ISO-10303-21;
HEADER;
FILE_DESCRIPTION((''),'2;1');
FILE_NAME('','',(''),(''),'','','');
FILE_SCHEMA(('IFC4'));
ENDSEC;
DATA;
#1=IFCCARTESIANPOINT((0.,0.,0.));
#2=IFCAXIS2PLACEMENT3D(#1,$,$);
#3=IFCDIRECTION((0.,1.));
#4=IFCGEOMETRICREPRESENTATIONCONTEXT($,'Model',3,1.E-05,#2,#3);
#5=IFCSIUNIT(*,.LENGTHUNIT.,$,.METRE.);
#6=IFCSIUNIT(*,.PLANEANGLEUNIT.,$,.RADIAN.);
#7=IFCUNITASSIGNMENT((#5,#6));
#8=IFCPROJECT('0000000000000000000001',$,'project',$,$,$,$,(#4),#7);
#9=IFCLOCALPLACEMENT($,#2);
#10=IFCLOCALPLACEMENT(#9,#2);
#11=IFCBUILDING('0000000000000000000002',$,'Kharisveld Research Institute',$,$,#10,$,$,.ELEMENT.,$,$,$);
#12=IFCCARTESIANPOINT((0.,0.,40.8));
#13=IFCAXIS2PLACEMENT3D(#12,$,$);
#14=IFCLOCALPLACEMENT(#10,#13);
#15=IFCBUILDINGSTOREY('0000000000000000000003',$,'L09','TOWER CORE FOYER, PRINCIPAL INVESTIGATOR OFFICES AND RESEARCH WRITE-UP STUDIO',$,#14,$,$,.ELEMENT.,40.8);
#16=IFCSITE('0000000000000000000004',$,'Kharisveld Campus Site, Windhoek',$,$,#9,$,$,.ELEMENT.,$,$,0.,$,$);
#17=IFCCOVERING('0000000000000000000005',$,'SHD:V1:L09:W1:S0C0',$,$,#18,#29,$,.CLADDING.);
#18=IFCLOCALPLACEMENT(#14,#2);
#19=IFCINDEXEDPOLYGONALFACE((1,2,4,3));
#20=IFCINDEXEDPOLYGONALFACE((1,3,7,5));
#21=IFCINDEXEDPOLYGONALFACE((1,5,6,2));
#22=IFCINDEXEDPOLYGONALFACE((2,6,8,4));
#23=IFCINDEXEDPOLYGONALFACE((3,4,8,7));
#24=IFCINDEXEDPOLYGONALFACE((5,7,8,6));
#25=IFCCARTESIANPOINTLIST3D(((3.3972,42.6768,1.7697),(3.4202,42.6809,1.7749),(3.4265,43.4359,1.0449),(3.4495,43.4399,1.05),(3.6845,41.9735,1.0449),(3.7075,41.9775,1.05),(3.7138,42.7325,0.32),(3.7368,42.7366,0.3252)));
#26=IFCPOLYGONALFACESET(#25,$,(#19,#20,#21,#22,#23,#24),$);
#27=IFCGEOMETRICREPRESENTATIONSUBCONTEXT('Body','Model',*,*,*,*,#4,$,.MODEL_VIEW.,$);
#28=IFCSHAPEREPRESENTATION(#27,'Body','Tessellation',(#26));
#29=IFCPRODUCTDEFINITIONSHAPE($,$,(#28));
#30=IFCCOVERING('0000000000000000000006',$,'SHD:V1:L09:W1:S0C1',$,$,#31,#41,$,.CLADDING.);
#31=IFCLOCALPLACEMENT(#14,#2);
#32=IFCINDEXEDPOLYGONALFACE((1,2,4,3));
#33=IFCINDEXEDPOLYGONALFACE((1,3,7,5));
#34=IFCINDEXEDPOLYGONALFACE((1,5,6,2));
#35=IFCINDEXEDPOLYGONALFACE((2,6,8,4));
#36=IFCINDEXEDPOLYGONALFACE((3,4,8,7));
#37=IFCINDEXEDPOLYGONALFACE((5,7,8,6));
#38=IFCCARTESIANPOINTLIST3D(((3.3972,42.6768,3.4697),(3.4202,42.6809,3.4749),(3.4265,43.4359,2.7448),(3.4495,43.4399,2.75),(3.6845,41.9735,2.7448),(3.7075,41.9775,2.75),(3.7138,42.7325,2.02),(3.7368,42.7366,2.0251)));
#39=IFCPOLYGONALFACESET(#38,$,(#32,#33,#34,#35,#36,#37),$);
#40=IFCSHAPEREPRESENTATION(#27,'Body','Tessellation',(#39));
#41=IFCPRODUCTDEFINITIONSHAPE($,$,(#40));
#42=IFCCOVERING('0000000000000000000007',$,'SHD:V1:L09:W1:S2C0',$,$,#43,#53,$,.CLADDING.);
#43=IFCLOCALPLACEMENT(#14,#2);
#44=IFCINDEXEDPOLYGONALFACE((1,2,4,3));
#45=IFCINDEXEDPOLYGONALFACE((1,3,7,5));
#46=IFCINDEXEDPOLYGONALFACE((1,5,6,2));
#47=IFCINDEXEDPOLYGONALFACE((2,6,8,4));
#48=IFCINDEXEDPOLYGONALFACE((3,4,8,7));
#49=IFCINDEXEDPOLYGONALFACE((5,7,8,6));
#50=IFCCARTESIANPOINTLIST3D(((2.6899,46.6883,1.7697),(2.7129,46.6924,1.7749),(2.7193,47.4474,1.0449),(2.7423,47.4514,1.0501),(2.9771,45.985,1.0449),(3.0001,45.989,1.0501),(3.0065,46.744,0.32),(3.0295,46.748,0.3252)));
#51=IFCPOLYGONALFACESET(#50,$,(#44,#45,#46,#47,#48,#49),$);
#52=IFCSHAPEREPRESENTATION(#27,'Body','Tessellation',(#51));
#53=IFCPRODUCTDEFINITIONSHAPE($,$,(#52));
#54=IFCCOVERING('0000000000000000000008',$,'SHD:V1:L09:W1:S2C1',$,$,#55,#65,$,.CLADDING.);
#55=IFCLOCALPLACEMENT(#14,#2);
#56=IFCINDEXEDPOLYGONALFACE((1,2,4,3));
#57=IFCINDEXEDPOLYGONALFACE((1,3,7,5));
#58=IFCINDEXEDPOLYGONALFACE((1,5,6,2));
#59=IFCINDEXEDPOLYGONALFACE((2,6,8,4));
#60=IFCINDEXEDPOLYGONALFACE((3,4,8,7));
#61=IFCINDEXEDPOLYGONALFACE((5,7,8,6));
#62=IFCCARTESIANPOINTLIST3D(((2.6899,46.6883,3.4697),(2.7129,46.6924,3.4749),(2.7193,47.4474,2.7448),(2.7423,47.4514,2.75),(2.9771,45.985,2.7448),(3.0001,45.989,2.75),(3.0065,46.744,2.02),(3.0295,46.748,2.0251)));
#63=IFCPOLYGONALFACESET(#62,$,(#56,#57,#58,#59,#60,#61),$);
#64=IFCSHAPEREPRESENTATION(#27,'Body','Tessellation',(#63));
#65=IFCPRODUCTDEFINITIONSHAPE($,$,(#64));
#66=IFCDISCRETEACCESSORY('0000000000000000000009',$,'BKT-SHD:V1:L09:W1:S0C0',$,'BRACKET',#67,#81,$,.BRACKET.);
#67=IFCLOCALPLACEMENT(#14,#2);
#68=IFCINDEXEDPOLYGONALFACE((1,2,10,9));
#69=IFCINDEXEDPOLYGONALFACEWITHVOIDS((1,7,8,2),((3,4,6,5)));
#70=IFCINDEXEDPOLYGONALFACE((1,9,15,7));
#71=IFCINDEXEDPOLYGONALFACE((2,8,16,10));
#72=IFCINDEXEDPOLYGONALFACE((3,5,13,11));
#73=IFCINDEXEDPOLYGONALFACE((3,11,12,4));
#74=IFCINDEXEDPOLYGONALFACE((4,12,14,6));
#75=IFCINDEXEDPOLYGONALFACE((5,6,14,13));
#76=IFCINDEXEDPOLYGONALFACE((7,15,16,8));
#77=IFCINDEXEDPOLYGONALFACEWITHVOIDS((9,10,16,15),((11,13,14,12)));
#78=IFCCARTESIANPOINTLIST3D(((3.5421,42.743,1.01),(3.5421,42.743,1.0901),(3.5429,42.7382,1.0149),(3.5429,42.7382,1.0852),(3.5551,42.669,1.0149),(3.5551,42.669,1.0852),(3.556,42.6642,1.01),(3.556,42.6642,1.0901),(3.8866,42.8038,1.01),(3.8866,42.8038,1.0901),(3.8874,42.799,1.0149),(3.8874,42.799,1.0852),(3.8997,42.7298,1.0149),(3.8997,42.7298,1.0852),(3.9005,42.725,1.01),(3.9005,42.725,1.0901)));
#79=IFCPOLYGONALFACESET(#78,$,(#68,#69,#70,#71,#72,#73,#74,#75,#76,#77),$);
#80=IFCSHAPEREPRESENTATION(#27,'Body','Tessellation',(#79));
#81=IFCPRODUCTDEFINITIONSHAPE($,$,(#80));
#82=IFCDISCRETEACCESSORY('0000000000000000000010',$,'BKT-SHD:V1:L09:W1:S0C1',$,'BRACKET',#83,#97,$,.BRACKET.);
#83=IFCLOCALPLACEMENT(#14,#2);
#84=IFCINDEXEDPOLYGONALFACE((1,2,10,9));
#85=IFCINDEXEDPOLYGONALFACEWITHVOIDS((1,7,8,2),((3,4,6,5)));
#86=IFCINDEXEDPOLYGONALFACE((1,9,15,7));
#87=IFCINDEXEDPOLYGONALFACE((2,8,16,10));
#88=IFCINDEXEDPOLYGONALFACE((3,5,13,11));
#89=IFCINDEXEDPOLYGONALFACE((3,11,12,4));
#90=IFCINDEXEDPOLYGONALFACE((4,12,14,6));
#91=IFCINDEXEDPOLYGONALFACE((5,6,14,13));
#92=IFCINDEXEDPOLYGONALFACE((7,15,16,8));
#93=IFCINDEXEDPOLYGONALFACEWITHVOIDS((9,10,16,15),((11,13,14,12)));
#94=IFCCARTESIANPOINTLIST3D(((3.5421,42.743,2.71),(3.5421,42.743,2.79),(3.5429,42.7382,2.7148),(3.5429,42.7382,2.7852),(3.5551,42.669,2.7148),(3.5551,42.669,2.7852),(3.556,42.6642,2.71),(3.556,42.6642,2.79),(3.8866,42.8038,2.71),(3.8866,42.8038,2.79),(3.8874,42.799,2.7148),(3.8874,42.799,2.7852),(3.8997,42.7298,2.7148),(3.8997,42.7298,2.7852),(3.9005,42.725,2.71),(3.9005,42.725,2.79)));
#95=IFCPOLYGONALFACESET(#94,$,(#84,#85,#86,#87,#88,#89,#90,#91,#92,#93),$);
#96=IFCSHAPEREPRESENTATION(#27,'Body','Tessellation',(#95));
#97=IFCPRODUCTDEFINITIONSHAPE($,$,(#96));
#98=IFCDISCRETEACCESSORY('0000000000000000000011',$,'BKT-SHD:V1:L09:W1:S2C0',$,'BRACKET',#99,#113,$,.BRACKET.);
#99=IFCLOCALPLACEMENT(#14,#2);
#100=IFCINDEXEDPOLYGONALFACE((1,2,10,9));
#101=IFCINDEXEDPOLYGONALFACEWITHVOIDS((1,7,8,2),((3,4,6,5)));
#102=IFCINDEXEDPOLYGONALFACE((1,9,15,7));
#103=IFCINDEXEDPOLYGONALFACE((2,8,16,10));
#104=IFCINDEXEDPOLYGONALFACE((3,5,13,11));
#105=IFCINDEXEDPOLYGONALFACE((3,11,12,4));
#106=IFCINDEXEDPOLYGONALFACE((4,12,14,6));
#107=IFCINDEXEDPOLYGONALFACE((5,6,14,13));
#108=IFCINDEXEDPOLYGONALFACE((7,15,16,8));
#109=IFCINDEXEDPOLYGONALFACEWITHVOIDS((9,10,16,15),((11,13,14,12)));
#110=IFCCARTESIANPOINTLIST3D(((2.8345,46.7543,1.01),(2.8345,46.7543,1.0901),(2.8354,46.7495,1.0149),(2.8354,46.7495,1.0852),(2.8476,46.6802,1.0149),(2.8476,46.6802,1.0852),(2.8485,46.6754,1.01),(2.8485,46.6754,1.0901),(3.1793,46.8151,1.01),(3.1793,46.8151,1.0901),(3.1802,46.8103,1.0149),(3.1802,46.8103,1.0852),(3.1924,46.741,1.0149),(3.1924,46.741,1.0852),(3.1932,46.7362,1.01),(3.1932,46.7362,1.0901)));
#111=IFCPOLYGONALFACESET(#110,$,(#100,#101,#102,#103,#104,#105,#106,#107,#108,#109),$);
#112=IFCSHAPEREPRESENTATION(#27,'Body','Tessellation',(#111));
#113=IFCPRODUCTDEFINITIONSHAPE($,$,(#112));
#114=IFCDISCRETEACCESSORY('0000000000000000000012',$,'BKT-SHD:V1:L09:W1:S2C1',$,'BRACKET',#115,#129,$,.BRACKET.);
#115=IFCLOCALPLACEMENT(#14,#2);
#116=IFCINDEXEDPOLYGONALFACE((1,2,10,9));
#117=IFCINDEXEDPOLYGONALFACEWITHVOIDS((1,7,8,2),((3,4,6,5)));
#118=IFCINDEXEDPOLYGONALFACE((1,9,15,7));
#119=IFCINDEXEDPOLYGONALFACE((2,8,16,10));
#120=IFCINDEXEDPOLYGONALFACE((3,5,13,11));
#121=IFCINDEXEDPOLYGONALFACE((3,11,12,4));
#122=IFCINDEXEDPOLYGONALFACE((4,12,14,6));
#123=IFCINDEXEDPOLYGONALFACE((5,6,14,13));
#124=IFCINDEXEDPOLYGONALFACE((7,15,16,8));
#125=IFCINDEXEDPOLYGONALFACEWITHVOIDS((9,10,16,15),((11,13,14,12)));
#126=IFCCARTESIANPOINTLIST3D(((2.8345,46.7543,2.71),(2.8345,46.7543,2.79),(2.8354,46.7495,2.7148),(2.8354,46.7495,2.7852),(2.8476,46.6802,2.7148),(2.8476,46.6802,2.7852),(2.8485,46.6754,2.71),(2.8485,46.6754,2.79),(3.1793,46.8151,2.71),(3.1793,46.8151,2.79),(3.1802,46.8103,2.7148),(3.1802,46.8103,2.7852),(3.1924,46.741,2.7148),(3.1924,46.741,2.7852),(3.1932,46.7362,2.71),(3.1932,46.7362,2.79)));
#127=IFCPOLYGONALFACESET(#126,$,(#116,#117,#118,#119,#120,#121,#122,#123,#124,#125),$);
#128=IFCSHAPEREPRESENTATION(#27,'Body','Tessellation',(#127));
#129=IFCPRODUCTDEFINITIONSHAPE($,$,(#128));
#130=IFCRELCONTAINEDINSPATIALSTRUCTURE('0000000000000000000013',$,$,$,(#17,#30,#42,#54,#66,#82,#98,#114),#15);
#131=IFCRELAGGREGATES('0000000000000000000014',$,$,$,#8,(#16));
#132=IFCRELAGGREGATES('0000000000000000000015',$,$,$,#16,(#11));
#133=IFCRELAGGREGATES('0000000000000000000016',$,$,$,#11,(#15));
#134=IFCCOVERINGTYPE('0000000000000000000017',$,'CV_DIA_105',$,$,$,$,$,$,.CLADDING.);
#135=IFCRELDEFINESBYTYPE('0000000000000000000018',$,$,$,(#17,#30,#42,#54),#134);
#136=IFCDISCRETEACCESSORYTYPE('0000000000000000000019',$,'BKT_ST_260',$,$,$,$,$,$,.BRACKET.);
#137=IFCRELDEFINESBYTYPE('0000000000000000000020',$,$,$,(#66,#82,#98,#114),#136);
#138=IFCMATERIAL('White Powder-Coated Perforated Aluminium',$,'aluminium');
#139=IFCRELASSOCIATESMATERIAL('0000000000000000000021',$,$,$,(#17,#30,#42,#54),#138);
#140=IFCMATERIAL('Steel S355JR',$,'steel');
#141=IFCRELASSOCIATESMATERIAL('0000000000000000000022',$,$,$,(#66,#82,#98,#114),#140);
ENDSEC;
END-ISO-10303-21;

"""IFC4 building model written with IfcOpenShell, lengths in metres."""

from ifc_helpers import new_model, si_unit, direction, frame, origin, origin_2d, place, context, subcontext, project, spatial, polyline, hollow_rectangle, outline, extrude, material, type_object, element, save


model = new_model("IFC4")

# Units and contexts
model_context = context("Model", 3, precision=1e-05, world=origin(), true_north=direction((0.0, 1.0)))
body_context = subcontext(model_context, "Body", "Model", "MODEL_VIEW")
ifc_project = project(units=[si_unit("LENGTHUNIT", "METRE"), si_unit("PLANEANGLEUNIT", "RADIAN")], contexts=[model_context])

# Site, building, storey
site_placement = place(None, origin())
site = spatial("IfcSite", under=ifc_project, at=site_placement, Name="Kharisveld Campus Site, Windhoek", CompositionType="ELEMENT", RefElevation=0.0)
building_placement = place(site_placement, origin())
building = spatial("IfcBuilding", under=site, at=building_placement, Name="Kharisveld Research Institute", CompositionType="ELEMENT")
storey_placement = place(building_placement, frame((0.0, 0.0, 40.8)))
storey = spatial("IfcBuildingStorey", under=building, at=storey_placement, Name="L09", Description="TOWER CORE FOYER, PRINCIPAL INVESTIGATOR OFFICES AND RESEARCH WRITE-UP STUDIO", CompositionType="ELEMENT", Elevation=40.8)

# Coverings
ifc_material_1 = material(Name="White Powder-Coated Perforated Aluminium", Category="aluminium")
covering_type = type_object("IfcCoveringType", Name="CV_DIA_105", PredefinedType="CLADDING")
for number, where, z_axis, x_axis, name in (
    (1, (3.7368, 42.7366, 0.3252), (0.961426, 0.169654, 0.216512), (-0.273644, 0.669811, 0.69027), "SHD:V1:L09:W1:S0C0"),
    (2, (3.7368, 42.7366, 2.0251), (0.961426, 0.169654, 0.216512), (-0.273644, 0.669811, 0.69027), "SHD:V1:L09:W1:S0C1"),
):
    element("IfcCovering", number, at=place(storey_placement, frame(where, z_axis=z_axis, x_axis=x_axis)), inside=storey, type_object=covering_type, material=ifc_material_1, Name=name, PredefinedType="CLADDING", context=body_context, shape_type="SweptSolid", body=[
        extrude(outline(polyline([(0.0, 0.0), (1.0501, 0.0), (1.0501, 1.05), (0.0, 1.05), (0.0, 0.0)])), origin(), (0.0, 0.0, -1.0), 0.0239),
    ])
for number, where, z_axis, x_axis, name in (
    (3, (3.0295, 46.748, 0.3252), (0.961453, 0.169498, 0.216512), (-0.273536, 0.66983, 0.690294), "SHD:V1:L09:W1:S2C0"),
    (4, (3.0295, 46.748, 2.0251), (0.961453, 0.169498, 0.216512), (-0.273536, 0.66983, 0.690294), "SHD:V1:L09:W1:S2C1"),
):
    element("IfcCovering", number, at=place(storey_placement, frame(where, z_axis=z_axis, x_axis=x_axis)), inside=storey, type_object=covering_type, material=ifc_material_1, Name=name, PredefinedType="CLADDING", context=body_context, shape_type="SweptSolid", body=[
        extrude(outline(polyline([(0.0, 0.0), (1.0501, 0.0), (1.0501, 1.05), (0.0, 1.05), (0.0, 0.0)])), origin(), (0.0, 0.0, -1.0), 0.0239),
    ])

# Discrete accessories
ifc_material_2 = material(Name="Steel S355JR", Category="steel")
discrete_accessory_type = type_object("IfcDiscreteAccessoryType", Name="BKT_ST_260", PredefinedType="BRACKET")
for number, where, z_axis, x_axis, name in (
    (5, (3.8936, 42.7644, 1.05), (-0.984784, -0.173785, 0.0), (0.173785, -0.984784, 0.0), "BKT-SHD:V1:L09:W1:S0C0"),
    (6, (3.8936, 42.7644, 2.75), (-0.984784, -0.173785, 0.0), (0.173785, -0.984784, 0.0), "BKT-SHD:V1:L09:W1:S0C1"),
):
    element("IfcDiscreteAccessory", number, at=place(storey_placement, frame(where, z_axis=z_axis, x_axis=x_axis)), inside=storey, type_object=discrete_accessory_type, material=ifc_material_2, Name=name, ObjectType="BRACKET", PredefinedType="BRACKET", context=body_context, shape_type="SweptSolid", body=[
        extrude(hollow_rectangle(XDim=0.0801, YDim=0.0801, WallThickness=0.0049, at=origin_2d()), origin(), (0.0, 0.0, 1.0), 0.3499),
    ])
for number, where, z_axis, x_axis, name in (
    (7, (3.1863, 46.7756, 1.05), (-0.984805, -0.173666, 0.0), (0.173666, -0.984805, 0.0), "BKT-SHD:V1:L09:W1:S2C0"),
    (8, (3.1863, 46.7756, 2.75), (-0.984805, -0.173666, 0.0), (0.173666, -0.984805, 0.0), "BKT-SHD:V1:L09:W1:S2C1"),
):
    element("IfcDiscreteAccessory", number, at=place(storey_placement, frame(where, z_axis=z_axis, x_axis=x_axis)), inside=storey, type_object=discrete_accessory_type, material=ifc_material_2, Name=name, ObjectType="BRACKET", PredefinedType="BRACKET", context=body_context, shape_type="SweptSolid", body=[
        extrude(hollow_rectangle(XDim=0.0801, YDim=0.0801, WallThickness=0.0049, at=origin_2d()), origin(), (0.0, 0.0, 1.0), 0.3501),
    ])

save(model, "model.ifc")
